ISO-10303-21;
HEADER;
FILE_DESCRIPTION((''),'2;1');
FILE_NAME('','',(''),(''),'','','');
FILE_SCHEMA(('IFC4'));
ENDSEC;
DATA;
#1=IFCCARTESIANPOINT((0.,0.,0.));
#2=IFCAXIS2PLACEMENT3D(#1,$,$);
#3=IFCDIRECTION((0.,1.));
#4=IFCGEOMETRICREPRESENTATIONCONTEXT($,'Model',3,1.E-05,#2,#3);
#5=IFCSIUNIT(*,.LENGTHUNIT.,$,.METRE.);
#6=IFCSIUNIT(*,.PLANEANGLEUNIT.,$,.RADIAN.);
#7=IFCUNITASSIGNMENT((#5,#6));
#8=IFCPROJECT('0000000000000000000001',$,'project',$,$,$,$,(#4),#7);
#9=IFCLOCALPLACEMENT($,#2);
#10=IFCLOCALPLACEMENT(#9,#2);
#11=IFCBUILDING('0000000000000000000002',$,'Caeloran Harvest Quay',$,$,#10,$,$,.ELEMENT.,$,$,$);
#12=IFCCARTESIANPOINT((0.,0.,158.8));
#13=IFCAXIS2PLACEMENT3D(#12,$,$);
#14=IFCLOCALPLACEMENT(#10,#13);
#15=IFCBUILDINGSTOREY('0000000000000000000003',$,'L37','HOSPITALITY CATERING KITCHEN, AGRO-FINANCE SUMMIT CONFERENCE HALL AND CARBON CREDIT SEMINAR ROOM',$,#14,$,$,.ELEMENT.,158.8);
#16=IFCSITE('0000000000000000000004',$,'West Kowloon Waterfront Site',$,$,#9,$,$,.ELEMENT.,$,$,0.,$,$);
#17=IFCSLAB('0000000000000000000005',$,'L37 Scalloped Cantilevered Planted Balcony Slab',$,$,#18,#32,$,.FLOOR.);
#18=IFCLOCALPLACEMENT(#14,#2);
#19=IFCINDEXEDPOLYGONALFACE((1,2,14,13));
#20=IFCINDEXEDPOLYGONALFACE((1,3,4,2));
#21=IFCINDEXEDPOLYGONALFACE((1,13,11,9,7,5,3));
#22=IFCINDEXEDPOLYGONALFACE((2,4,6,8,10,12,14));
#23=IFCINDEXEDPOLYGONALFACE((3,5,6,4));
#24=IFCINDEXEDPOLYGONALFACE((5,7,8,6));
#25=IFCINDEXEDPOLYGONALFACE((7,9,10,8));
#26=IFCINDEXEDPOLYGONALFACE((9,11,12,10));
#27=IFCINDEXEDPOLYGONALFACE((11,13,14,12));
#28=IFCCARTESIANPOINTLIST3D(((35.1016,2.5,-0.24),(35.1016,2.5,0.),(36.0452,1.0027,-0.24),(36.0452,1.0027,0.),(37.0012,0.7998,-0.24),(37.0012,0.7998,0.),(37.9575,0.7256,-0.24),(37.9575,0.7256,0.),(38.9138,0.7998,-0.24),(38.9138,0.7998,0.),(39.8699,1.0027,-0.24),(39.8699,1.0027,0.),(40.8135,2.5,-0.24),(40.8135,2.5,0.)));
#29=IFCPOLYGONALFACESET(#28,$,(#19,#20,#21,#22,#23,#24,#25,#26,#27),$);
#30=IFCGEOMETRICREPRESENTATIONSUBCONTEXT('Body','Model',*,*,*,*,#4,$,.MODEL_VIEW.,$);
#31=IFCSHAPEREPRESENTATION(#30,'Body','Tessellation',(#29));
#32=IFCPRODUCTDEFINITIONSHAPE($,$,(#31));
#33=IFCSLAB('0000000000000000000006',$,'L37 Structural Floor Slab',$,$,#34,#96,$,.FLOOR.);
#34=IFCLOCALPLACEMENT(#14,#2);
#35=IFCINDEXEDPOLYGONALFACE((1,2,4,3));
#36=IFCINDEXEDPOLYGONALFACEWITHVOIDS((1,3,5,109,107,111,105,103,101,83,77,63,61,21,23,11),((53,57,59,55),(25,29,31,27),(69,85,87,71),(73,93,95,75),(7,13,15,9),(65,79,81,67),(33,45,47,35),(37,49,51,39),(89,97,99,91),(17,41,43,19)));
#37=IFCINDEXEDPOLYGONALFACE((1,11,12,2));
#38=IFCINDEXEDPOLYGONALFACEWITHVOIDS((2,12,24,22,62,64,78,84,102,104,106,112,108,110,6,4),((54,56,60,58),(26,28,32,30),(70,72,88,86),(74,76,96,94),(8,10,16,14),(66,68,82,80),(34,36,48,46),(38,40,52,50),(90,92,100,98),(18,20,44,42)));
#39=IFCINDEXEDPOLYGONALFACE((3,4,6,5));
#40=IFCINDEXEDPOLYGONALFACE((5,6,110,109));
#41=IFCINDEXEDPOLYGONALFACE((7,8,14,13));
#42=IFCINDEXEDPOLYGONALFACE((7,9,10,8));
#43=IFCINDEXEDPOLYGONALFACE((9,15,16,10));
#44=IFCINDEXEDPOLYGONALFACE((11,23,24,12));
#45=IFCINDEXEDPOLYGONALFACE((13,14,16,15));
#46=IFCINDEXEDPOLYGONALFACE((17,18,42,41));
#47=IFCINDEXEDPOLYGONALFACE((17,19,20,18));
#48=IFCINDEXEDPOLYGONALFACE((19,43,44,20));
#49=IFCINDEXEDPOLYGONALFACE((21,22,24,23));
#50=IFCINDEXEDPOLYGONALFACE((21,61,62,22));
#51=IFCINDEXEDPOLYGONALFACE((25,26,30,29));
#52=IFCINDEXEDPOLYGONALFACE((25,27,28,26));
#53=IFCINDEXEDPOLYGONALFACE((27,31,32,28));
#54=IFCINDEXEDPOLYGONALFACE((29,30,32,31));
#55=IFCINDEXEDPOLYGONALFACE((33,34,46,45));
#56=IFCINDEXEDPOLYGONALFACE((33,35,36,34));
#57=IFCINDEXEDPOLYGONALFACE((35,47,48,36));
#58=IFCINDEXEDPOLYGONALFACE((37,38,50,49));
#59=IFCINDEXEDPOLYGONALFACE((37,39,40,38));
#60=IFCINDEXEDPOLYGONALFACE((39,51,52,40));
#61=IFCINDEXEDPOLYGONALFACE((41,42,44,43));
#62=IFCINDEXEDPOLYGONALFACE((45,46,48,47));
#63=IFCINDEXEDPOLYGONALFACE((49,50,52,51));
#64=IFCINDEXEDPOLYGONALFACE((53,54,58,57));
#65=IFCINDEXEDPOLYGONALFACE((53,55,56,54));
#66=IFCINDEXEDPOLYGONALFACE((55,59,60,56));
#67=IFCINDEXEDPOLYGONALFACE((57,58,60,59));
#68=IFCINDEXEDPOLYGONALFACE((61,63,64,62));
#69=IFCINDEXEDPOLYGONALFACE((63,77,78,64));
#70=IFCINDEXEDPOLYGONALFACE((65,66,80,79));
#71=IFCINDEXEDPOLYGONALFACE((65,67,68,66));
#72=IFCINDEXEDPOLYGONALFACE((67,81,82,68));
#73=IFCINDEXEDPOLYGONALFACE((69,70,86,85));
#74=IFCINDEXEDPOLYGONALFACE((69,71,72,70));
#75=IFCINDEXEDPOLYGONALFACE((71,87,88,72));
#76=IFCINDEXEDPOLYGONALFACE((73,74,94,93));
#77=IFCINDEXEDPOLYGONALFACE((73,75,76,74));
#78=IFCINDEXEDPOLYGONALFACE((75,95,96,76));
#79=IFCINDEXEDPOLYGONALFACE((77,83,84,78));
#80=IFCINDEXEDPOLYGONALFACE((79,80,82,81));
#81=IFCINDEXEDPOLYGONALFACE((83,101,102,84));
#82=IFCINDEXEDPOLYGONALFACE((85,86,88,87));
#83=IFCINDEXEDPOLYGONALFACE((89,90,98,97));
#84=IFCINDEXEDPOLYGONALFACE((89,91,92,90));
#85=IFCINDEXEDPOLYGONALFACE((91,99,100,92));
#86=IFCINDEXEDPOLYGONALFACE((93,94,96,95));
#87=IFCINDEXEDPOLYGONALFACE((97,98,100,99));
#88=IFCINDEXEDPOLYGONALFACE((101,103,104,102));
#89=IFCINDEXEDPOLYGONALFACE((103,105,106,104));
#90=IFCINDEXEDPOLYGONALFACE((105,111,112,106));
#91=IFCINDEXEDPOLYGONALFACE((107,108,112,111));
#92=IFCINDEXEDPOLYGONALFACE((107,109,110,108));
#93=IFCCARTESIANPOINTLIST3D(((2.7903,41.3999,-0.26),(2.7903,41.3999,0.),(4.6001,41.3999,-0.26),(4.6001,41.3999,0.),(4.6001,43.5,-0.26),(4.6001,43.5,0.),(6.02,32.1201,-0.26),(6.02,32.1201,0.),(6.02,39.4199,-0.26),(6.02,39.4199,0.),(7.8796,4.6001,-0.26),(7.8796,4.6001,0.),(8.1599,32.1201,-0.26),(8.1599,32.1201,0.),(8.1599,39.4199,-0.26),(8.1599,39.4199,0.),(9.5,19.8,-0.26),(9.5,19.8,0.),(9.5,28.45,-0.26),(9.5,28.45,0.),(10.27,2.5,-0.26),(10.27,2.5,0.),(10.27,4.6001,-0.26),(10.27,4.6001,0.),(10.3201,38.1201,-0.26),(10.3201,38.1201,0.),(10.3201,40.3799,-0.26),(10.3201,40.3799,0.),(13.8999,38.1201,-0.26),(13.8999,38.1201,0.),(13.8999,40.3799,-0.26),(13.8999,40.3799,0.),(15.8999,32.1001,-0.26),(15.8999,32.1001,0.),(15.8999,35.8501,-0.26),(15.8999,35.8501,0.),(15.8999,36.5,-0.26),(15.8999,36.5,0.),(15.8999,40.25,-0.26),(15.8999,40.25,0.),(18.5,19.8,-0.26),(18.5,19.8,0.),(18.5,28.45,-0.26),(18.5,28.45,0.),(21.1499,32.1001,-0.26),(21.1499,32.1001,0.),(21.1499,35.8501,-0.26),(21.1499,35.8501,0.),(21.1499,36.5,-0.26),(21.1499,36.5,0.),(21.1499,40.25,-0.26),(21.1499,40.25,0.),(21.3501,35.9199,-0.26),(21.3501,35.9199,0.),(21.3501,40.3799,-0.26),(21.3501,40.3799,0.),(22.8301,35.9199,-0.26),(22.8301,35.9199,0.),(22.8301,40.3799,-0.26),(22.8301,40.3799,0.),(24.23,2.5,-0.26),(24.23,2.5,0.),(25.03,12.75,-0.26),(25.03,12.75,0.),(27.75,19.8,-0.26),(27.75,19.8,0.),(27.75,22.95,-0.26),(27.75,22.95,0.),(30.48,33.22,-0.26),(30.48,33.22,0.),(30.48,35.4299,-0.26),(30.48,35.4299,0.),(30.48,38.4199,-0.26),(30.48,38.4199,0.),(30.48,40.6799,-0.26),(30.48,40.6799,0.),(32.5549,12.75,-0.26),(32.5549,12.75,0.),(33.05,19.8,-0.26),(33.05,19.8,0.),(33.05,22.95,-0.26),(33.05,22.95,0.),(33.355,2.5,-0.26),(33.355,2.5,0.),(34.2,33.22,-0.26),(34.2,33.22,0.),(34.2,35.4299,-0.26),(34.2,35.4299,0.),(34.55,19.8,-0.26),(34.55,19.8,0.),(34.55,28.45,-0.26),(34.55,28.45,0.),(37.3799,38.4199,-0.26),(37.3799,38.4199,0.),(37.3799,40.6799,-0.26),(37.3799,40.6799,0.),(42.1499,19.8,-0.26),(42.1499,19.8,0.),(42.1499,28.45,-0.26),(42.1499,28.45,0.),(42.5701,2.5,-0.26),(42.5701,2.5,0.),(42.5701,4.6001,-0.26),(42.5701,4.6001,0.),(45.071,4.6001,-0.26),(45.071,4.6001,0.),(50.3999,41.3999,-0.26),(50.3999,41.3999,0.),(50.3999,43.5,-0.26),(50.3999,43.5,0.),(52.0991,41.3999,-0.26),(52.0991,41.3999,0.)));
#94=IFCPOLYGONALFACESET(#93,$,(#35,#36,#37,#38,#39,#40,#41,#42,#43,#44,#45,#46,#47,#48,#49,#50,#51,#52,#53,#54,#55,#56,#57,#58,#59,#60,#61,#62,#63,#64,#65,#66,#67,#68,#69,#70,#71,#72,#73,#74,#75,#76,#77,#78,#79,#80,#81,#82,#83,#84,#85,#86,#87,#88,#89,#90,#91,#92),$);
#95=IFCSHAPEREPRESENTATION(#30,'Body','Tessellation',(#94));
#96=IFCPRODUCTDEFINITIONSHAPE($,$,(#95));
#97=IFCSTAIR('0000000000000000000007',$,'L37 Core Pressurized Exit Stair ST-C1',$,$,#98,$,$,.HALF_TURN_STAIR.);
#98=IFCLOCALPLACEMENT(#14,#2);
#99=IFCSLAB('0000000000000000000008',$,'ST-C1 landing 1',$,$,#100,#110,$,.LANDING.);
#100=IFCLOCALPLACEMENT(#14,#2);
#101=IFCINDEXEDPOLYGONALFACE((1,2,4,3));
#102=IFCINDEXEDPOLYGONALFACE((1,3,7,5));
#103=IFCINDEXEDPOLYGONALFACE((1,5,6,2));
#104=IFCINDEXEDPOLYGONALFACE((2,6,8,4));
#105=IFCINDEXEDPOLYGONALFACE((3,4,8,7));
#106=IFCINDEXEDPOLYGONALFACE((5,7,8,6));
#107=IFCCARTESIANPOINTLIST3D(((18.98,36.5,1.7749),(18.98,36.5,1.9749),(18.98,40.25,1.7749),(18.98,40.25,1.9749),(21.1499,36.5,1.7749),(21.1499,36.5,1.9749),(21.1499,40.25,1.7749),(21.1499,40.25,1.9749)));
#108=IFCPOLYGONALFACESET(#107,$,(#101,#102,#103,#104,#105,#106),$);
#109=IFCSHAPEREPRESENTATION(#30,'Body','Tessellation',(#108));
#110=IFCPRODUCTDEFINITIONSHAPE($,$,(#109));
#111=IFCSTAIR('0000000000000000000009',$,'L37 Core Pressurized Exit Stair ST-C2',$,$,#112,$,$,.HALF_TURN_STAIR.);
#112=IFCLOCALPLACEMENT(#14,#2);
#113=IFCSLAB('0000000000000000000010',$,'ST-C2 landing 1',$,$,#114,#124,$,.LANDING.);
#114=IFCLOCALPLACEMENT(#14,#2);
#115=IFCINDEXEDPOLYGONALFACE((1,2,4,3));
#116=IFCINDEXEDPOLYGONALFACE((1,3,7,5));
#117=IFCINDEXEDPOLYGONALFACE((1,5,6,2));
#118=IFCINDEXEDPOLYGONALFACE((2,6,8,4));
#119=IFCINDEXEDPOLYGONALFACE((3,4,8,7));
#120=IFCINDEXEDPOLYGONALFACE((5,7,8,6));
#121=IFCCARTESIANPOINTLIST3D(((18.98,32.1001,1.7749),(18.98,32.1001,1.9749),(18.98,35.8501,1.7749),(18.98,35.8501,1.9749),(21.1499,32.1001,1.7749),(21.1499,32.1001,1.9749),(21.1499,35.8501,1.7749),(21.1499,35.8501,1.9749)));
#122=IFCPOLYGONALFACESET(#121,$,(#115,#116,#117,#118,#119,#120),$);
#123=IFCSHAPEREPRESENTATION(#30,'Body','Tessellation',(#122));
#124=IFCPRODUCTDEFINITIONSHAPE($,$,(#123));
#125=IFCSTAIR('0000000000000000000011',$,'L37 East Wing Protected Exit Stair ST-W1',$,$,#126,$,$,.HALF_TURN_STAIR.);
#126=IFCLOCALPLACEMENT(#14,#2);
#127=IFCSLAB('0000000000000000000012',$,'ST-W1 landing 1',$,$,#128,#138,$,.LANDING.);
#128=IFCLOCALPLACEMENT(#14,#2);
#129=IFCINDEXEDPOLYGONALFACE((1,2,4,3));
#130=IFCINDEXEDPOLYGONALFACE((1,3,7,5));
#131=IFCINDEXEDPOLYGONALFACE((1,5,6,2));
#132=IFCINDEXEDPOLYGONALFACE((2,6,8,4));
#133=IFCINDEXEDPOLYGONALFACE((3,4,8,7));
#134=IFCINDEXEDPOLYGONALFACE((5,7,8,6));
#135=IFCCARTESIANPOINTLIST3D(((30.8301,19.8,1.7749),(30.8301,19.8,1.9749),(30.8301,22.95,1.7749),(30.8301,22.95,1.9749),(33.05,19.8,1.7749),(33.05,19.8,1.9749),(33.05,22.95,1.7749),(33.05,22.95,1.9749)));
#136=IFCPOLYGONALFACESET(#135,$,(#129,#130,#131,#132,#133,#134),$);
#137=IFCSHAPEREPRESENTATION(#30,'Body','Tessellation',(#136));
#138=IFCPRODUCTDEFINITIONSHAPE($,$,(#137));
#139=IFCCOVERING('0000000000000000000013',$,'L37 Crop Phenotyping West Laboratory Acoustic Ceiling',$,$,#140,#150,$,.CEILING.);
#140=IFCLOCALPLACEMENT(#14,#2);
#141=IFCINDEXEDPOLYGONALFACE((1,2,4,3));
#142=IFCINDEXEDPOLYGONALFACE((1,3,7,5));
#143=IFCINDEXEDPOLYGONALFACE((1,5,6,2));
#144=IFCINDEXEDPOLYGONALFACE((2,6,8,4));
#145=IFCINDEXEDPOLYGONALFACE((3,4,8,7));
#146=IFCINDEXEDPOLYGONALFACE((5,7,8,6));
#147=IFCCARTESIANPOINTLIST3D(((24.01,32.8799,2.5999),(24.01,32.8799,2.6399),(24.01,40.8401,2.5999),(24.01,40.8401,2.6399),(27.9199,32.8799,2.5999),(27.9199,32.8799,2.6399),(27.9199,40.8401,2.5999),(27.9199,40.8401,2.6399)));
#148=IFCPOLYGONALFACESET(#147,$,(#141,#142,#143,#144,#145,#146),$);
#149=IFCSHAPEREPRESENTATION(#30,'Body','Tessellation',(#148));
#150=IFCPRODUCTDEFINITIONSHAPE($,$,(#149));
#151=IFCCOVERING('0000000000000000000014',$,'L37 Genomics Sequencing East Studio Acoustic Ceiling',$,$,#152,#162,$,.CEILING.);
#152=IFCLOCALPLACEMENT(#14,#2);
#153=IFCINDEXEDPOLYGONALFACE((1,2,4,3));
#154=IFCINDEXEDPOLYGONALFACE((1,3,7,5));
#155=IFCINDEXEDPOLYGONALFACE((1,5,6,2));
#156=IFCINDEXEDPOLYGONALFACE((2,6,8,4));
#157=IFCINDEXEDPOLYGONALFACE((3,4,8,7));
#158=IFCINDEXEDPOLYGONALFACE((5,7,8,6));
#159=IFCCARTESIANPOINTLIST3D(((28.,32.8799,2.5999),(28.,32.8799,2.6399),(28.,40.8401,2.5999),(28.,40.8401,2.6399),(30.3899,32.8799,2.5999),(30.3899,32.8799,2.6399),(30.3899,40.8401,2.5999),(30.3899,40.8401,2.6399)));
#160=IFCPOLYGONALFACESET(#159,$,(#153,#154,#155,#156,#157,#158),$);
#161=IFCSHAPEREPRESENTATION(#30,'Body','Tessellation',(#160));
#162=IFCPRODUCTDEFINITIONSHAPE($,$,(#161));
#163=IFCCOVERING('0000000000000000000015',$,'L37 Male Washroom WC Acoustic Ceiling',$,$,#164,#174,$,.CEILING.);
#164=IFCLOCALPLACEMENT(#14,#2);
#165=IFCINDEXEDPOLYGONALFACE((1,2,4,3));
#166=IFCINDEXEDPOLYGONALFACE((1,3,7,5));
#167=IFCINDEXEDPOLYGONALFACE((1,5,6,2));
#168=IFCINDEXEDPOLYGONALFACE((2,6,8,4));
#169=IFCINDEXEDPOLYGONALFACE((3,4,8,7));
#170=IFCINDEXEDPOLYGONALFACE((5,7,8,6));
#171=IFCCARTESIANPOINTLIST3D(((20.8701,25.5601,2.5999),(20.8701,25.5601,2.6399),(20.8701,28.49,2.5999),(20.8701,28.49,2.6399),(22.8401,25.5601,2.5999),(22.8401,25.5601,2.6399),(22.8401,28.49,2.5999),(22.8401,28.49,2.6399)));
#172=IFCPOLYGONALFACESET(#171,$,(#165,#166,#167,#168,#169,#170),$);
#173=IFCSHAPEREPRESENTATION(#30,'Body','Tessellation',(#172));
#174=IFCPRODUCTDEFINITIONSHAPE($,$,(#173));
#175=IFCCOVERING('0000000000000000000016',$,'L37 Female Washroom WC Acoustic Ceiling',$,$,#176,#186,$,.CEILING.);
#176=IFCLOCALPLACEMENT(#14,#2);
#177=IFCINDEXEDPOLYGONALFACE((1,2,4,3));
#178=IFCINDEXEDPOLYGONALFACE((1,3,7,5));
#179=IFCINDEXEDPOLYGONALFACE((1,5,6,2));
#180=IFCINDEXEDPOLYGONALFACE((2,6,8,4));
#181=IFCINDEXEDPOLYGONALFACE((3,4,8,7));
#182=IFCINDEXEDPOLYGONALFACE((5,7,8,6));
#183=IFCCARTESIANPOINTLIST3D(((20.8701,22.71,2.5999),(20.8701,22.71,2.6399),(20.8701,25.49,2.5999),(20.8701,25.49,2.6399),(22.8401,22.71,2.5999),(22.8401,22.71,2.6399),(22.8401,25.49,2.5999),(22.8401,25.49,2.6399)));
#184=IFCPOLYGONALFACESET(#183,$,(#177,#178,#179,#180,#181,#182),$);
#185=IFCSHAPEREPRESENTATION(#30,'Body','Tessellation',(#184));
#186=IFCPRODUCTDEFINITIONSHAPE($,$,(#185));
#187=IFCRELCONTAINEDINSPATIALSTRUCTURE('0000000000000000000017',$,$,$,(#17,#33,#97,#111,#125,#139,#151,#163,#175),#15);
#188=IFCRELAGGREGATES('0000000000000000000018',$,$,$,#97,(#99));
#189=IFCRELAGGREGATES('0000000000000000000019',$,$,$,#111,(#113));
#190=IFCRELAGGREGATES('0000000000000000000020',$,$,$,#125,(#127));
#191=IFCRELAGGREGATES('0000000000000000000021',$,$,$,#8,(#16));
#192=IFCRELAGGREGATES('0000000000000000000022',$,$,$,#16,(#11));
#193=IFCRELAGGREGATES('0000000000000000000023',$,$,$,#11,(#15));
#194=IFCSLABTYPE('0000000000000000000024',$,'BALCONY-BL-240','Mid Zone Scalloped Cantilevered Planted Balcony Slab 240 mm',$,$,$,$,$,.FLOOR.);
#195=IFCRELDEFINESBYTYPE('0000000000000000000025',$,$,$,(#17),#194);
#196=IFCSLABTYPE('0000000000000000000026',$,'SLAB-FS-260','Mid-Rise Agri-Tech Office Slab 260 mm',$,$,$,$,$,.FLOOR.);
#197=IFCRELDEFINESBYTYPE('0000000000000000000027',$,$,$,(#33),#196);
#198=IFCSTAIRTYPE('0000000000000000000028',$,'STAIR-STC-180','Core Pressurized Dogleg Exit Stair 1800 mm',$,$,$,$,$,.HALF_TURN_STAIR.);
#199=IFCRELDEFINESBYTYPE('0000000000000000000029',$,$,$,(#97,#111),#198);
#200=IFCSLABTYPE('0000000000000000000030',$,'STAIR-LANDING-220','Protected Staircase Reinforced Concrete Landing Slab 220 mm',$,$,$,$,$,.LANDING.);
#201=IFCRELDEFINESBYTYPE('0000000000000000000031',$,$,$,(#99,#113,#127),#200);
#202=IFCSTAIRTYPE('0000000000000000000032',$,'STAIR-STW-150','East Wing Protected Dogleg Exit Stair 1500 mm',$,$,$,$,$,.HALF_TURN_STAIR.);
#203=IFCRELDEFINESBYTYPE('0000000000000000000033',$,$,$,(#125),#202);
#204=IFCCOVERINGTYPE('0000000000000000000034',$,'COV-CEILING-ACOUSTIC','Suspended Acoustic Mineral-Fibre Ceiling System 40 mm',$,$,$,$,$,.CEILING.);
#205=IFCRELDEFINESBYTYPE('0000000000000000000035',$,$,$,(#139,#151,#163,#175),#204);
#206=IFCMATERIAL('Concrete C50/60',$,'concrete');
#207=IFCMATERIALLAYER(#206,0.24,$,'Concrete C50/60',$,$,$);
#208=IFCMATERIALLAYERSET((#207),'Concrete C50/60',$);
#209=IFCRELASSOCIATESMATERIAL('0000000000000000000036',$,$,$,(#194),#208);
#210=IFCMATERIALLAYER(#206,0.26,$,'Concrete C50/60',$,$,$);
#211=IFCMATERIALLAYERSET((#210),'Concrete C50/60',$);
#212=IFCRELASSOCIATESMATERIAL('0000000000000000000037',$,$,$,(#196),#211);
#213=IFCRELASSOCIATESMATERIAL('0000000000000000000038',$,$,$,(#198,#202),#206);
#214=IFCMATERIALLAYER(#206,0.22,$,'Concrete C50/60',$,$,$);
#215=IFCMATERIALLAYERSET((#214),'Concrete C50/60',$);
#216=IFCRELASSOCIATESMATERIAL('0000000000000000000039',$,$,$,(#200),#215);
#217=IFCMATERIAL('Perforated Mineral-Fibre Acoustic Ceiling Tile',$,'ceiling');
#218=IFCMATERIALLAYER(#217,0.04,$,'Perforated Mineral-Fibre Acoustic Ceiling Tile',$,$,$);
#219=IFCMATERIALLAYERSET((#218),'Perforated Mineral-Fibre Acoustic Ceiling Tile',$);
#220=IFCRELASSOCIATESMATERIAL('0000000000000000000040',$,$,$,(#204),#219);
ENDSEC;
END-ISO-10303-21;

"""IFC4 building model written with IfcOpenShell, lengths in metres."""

from ifc_helpers import new_model, si_unit, direction, frame, origin, place, context, subcontext, project, spatial, polyline, outline, extrude, material, layer, layer_set, type_object, element, aggregate, save


model = new_model("IFC4")

# Units and contexts
model_context = context("Model", 3, precision=1e-05, world=origin(), true_north=direction((0.0, 1.0)))
body_context = subcontext(model_context, "Body", "Model", "MODEL_VIEW")
ifc_project = project(units=[si_unit("LENGTHUNIT", "METRE"), si_unit("PLANEANGLEUNIT", "RADIAN")], contexts=[model_context])

# Site, building, storey
site_placement = place(None, origin())
site = spatial("IfcSite", under=ifc_project, at=site_placement, Name="West Kowloon Waterfront Site", CompositionType="ELEMENT", RefElevation=0.0)
building_placement = place(site_placement, origin())
building = spatial("IfcBuilding", under=site, at=building_placement, Name="Caeloran Harvest Quay", CompositionType="ELEMENT")
storey_placement = place(building_placement, frame((0.0, 0.0, 158.8)))
storey = spatial("IfcBuildingStorey", under=building, at=storey_placement, Name="L37", Description="HOSPITALITY CATERING KITCHEN, AGRO-FINANCE SUMMIT CONFERENCE HALL AND CARBON CREDIT SEMINAR ROOM", CompositionType="ELEMENT", Elevation=158.8)

# Slabs
ifc_material_1 = material(Name="Concrete C50/60", Category="concrete")
ifc_layer_1 = layer(ifc_material_1, 0.24, Name="Concrete C50/60")
ifc_layer_set_1 = layer_set([ifc_layer_1], Name="Concrete C50/60")
slab_type_1 = type_object("IfcSlabType", Name="BALCONY-BL-240", Description="Mid Zone Scalloped Cantilevered Planted Balcony Slab 240 mm", PredefinedType="FLOOR", material=ifc_layer_set_1)
slab_1_placement = place(storey_placement, frame((0.0, 0.0, -0.24)))
element("IfcSlab", 1, at=slab_1_placement, inside=storey, type_object=slab_type_1, Name="L37 Scalloped Cantilevered Planted Balcony Slab", PredefinedType="FLOOR", context=body_context, shape_type="SweptSolid", body=[
    extrude(outline(polyline([(39.8699, 1.0027), (38.9138, 0.7998), (37.9575, 0.7256), (37.0012, 0.7998), (36.0452, 1.0027), (35.1016, 2.5), (40.8135, 2.5), (39.8699, 1.0027)])), origin(), (0.0, 0.0, 1.0), 0.24),
])
ifc_layer_2 = layer(ifc_material_1, 0.26, Name="Concrete C50/60")
ifc_layer_set_2 = layer_set([ifc_layer_2], Name="Concrete C50/60")
slab_type_2 = type_object("IfcSlabType", Name="SLAB-FS-260", Description="Mid-Rise Agri-Tech Office Slab 260 mm", PredefinedType="FLOOR", material=ifc_layer_set_2)
slab_2_placement = place(storey_placement, frame((0.0, 0.0, -0.26)))
element("IfcSlab", 2, at=slab_2_placement, inside=storey, type_object=slab_type_2, Name="L37 Structural Floor Slab", PredefinedType="FLOOR", context=body_context, shape_type="SweptSolid", body=[
    extrude(outline(polyline([(10.27, 2.5), (24.23, 2.5), (25.03, 12.75), (32.5549, 12.75), (33.355, 2.5), (42.5701, 2.5), (42.5701, 4.6001), (45.071, 4.6001), (52.0991, 41.3999), (50.3999, 41.3999), (50.3999, 43.5), (4.6001, 43.5), (4.6001, 41.3999), (2.7903, 41.3999), (7.8796, 4.6001), (10.27, 4.6001), (10.27, 2.5)]), holes=[polyline([(27.75, 19.8), (27.75, 22.95), (33.05, 22.95), (33.05, 19.8), (27.75, 19.8)]), polyline([(18.5, 19.8), (9.5, 19.8), (9.5, 28.45), (18.5, 28.45), (18.5, 19.8)]), polyline([(42.1499, 19.8), (34.55, 19.8), (34.55, 28.45), (42.1499, 28.45), (42.1499, 19.8)]), polyline([(15.8999, 35.8501), (21.1499, 35.8501), (21.1499, 32.1001), (15.8999, 32.1001), (15.8999, 35.8501)]), polyline([(30.48, 33.22), (30.48, 35.4299), (34.2, 35.4299), (34.2, 33.22), (30.48, 33.22)]), polyline([(8.1599, 32.1201), (6.02, 32.1201), (6.02, 39.4199), (8.1599, 39.4199), (8.1599, 32.1201)]), polyline([(22.8301, 35.9199), (21.3501, 35.9199), (21.3501, 40.3799), (22.8301, 40.3799), (22.8301, 35.9199)]), polyline([(15.8999, 36.5), (15.8999, 40.25), (21.1499, 40.25), (21.1499, 36.5), (15.8999, 36.5)]), polyline([(10.3201, 38.1201), (10.3201, 40.3799), (13.8999, 40.3799), (13.8999, 38.1201), (10.3201, 38.1201)]), polyline([(30.48, 38.4199), (30.48, 40.6799), (37.3799, 40.6799), (37.3799, 38.4199), (30.48, 38.4199)])]), origin(), (0.0, 0.0, 1.0), 0.26),
])

# Stairs, slabs
stair_type_1 = type_object("IfcStairType", Name="STAIR-STC-180", Description="Core Pressurized Dogleg Exit Stair 1800 mm", PredefinedType="HALF_TURN_STAIR", material=ifc_material_1)
stair_1_placement = place(storey_placement, origin())
stair_1 = element("IfcStair", 3, at=stair_1_placement, inside=storey, type_object=stair_type_1, Name="L37 Core Pressurized Exit Stair ST-C1", PredefinedType="HALF_TURN_STAIR")
ifc_layer_3 = layer(ifc_material_1, 0.22, Name="Concrete C50/60")
ifc_layer_set_3 = layer_set([ifc_layer_3], Name="Concrete C50/60")
slab_type_3 = type_object("IfcSlabType", Name="STAIR-LANDING-220", Description="Protected Staircase Reinforced Concrete Landing Slab 220 mm", PredefinedType="LANDING", material=ifc_layer_set_3)
slab_3_placement = place(storey_placement, frame((0.0, 0.0, 1.7749)))
slab_3 = element("IfcSlab", 4, at=slab_3_placement, type_object=slab_type_3, Name="ST-C1 landing 1", PredefinedType="LANDING", context=body_context, shape_type="SweptSolid", body=[
    extrude(outline(polyline([(18.98, 36.5), (21.1499, 36.5), (21.1499, 40.25), (18.98, 40.25), (18.98, 36.5)])), origin(), (0.0, 0.0, 1.0), 0.2),
])
aggregate(stair_1, [slab_3])
stair_2_placement = place(storey_placement, origin())
stair_2 = element("IfcStair", 5, at=stair_2_placement, inside=storey, type_object=stair_type_1, Name="L37 Core Pressurized Exit Stair ST-C2", PredefinedType="HALF_TURN_STAIR")
slab_4_placement = place(storey_placement, frame((0.0, 0.0, 1.7749)))
slab_4 = element("IfcSlab", 6, at=slab_4_placement, type_object=slab_type_3, Name="ST-C2 landing 1", PredefinedType="LANDING", context=body_context, shape_type="SweptSolid", body=[
    extrude(outline(polyline([(18.98, 32.1001), (21.1499, 32.1001), (21.1499, 35.8501), (18.98, 35.8501), (18.98, 32.1001)])), origin(), (0.0, 0.0, 1.0), 0.2),
])
aggregate(stair_2, [slab_4])
stair_type_2 = type_object("IfcStairType", Name="STAIR-STW-150", Description="East Wing Protected Dogleg Exit Stair 1500 mm", PredefinedType="HALF_TURN_STAIR", material=ifc_material_1)
stair_3_placement = place(storey_placement, origin())
stair_3 = element("IfcStair", 7, at=stair_3_placement, inside=storey, type_object=stair_type_2, Name="L37 East Wing Protected Exit Stair ST-W1", PredefinedType="HALF_TURN_STAIR")
slab_5_placement = place(storey_placement, frame((0.0, 0.0, 1.7749)))
slab_5 = element("IfcSlab", 8, at=slab_5_placement, type_object=slab_type_3, Name="ST-W1 landing 1", PredefinedType="LANDING", context=body_context, shape_type="SweptSolid", body=[
    extrude(outline(polyline([(30.8301, 19.8), (33.05, 19.8), (33.05, 22.95), (30.8301, 22.95), (30.8301, 19.8)])), origin(), (0.0, 0.0, 1.0), 0.2),
])
aggregate(stair_3, [slab_5])

# Coverings
ifc_material_2 = material(Name="Perforated Mineral-Fibre Acoustic Ceiling Tile", Category="ceiling")
ifc_layer_4 = layer(ifc_material_2, 0.04, Name="Perforated Mineral-Fibre Acoustic Ceiling Tile")
ifc_layer_set_4 = layer_set([ifc_layer_4], Name="Perforated Mineral-Fibre Acoustic Ceiling Tile")
covering_type_1 = type_object("IfcCoveringType", Name="COV-CEILING-ACOUSTIC", Description="Suspended Acoustic Mineral-Fibre Ceiling System 40 mm", PredefinedType="CEILING", material=ifc_layer_set_4)
covering_1_placement = place(storey_placement, frame((0.0, 0.0, 2.5999)))
element("IfcCovering", 9, at=covering_1_placement, inside=storey, type_object=covering_type_1, Name="L37 Crop Phenotyping West Laboratory Acoustic Ceiling", PredefinedType="CEILING", context=body_context, shape_type="SweptSolid", body=[
    extrude(outline(polyline([(27.9199, 40.8401), (27.9199, 32.8799), (24.01, 32.8799), (24.01, 40.8401), (27.9199, 40.8401)])), origin(), (0.0, 0.0, 1.0), 0.04),
])
covering_2_placement = place(storey_placement, frame((0.0, 0.0, 2.5999)))
element("IfcCovering", 10, at=covering_2_placement, inside=storey, type_object=covering_type_1, Name="L37 Genomics Sequencing East Studio Acoustic Ceiling", PredefinedType="CEILING", context=body_context, shape_type="SweptSolid", body=[
    extrude(outline(polyline([(30.3899, 40.8401), (30.3899, 32.8799), (28.0, 32.8799), (28.0, 40.8401), (30.3899, 40.8401)])), origin(), (0.0, 0.0, 1.0), 0.04),
])
covering_3_placement = place(storey_placement, frame((0.0, 0.0, 2.5999)))
element("IfcCovering", 11, at=covering_3_placement, inside=storey, type_object=covering_type_1, Name="L37 Male Washroom WC Acoustic Ceiling", PredefinedType="CEILING", context=body_context, shape_type="SweptSolid", body=[
    extrude(outline(polyline([(22.8401, 25.5601), (20.8701, 25.5601), (20.8701, 28.49), (22.8401, 28.49), (22.8401, 25.5601)])), origin(), (0.0, 0.0, 1.0), 0.04),
])
covering_4_placement = place(storey_placement, frame((0.0, 0.0, 2.5999)))
element("IfcCovering", 12, at=covering_4_placement, inside=storey, type_object=covering_type_1, Name="L37 Female Washroom WC Acoustic Ceiling", PredefinedType="CEILING", context=body_context, shape_type="SweptSolid", body=[
    extrude(outline(polyline([(22.8401, 22.71), (20.8701, 22.71), (20.8701, 25.49), (22.8401, 25.49), (22.8401, 22.71)])), origin(), (0.0, 0.0, 1.0), 0.04),
])

save(model, "model.ifc")
